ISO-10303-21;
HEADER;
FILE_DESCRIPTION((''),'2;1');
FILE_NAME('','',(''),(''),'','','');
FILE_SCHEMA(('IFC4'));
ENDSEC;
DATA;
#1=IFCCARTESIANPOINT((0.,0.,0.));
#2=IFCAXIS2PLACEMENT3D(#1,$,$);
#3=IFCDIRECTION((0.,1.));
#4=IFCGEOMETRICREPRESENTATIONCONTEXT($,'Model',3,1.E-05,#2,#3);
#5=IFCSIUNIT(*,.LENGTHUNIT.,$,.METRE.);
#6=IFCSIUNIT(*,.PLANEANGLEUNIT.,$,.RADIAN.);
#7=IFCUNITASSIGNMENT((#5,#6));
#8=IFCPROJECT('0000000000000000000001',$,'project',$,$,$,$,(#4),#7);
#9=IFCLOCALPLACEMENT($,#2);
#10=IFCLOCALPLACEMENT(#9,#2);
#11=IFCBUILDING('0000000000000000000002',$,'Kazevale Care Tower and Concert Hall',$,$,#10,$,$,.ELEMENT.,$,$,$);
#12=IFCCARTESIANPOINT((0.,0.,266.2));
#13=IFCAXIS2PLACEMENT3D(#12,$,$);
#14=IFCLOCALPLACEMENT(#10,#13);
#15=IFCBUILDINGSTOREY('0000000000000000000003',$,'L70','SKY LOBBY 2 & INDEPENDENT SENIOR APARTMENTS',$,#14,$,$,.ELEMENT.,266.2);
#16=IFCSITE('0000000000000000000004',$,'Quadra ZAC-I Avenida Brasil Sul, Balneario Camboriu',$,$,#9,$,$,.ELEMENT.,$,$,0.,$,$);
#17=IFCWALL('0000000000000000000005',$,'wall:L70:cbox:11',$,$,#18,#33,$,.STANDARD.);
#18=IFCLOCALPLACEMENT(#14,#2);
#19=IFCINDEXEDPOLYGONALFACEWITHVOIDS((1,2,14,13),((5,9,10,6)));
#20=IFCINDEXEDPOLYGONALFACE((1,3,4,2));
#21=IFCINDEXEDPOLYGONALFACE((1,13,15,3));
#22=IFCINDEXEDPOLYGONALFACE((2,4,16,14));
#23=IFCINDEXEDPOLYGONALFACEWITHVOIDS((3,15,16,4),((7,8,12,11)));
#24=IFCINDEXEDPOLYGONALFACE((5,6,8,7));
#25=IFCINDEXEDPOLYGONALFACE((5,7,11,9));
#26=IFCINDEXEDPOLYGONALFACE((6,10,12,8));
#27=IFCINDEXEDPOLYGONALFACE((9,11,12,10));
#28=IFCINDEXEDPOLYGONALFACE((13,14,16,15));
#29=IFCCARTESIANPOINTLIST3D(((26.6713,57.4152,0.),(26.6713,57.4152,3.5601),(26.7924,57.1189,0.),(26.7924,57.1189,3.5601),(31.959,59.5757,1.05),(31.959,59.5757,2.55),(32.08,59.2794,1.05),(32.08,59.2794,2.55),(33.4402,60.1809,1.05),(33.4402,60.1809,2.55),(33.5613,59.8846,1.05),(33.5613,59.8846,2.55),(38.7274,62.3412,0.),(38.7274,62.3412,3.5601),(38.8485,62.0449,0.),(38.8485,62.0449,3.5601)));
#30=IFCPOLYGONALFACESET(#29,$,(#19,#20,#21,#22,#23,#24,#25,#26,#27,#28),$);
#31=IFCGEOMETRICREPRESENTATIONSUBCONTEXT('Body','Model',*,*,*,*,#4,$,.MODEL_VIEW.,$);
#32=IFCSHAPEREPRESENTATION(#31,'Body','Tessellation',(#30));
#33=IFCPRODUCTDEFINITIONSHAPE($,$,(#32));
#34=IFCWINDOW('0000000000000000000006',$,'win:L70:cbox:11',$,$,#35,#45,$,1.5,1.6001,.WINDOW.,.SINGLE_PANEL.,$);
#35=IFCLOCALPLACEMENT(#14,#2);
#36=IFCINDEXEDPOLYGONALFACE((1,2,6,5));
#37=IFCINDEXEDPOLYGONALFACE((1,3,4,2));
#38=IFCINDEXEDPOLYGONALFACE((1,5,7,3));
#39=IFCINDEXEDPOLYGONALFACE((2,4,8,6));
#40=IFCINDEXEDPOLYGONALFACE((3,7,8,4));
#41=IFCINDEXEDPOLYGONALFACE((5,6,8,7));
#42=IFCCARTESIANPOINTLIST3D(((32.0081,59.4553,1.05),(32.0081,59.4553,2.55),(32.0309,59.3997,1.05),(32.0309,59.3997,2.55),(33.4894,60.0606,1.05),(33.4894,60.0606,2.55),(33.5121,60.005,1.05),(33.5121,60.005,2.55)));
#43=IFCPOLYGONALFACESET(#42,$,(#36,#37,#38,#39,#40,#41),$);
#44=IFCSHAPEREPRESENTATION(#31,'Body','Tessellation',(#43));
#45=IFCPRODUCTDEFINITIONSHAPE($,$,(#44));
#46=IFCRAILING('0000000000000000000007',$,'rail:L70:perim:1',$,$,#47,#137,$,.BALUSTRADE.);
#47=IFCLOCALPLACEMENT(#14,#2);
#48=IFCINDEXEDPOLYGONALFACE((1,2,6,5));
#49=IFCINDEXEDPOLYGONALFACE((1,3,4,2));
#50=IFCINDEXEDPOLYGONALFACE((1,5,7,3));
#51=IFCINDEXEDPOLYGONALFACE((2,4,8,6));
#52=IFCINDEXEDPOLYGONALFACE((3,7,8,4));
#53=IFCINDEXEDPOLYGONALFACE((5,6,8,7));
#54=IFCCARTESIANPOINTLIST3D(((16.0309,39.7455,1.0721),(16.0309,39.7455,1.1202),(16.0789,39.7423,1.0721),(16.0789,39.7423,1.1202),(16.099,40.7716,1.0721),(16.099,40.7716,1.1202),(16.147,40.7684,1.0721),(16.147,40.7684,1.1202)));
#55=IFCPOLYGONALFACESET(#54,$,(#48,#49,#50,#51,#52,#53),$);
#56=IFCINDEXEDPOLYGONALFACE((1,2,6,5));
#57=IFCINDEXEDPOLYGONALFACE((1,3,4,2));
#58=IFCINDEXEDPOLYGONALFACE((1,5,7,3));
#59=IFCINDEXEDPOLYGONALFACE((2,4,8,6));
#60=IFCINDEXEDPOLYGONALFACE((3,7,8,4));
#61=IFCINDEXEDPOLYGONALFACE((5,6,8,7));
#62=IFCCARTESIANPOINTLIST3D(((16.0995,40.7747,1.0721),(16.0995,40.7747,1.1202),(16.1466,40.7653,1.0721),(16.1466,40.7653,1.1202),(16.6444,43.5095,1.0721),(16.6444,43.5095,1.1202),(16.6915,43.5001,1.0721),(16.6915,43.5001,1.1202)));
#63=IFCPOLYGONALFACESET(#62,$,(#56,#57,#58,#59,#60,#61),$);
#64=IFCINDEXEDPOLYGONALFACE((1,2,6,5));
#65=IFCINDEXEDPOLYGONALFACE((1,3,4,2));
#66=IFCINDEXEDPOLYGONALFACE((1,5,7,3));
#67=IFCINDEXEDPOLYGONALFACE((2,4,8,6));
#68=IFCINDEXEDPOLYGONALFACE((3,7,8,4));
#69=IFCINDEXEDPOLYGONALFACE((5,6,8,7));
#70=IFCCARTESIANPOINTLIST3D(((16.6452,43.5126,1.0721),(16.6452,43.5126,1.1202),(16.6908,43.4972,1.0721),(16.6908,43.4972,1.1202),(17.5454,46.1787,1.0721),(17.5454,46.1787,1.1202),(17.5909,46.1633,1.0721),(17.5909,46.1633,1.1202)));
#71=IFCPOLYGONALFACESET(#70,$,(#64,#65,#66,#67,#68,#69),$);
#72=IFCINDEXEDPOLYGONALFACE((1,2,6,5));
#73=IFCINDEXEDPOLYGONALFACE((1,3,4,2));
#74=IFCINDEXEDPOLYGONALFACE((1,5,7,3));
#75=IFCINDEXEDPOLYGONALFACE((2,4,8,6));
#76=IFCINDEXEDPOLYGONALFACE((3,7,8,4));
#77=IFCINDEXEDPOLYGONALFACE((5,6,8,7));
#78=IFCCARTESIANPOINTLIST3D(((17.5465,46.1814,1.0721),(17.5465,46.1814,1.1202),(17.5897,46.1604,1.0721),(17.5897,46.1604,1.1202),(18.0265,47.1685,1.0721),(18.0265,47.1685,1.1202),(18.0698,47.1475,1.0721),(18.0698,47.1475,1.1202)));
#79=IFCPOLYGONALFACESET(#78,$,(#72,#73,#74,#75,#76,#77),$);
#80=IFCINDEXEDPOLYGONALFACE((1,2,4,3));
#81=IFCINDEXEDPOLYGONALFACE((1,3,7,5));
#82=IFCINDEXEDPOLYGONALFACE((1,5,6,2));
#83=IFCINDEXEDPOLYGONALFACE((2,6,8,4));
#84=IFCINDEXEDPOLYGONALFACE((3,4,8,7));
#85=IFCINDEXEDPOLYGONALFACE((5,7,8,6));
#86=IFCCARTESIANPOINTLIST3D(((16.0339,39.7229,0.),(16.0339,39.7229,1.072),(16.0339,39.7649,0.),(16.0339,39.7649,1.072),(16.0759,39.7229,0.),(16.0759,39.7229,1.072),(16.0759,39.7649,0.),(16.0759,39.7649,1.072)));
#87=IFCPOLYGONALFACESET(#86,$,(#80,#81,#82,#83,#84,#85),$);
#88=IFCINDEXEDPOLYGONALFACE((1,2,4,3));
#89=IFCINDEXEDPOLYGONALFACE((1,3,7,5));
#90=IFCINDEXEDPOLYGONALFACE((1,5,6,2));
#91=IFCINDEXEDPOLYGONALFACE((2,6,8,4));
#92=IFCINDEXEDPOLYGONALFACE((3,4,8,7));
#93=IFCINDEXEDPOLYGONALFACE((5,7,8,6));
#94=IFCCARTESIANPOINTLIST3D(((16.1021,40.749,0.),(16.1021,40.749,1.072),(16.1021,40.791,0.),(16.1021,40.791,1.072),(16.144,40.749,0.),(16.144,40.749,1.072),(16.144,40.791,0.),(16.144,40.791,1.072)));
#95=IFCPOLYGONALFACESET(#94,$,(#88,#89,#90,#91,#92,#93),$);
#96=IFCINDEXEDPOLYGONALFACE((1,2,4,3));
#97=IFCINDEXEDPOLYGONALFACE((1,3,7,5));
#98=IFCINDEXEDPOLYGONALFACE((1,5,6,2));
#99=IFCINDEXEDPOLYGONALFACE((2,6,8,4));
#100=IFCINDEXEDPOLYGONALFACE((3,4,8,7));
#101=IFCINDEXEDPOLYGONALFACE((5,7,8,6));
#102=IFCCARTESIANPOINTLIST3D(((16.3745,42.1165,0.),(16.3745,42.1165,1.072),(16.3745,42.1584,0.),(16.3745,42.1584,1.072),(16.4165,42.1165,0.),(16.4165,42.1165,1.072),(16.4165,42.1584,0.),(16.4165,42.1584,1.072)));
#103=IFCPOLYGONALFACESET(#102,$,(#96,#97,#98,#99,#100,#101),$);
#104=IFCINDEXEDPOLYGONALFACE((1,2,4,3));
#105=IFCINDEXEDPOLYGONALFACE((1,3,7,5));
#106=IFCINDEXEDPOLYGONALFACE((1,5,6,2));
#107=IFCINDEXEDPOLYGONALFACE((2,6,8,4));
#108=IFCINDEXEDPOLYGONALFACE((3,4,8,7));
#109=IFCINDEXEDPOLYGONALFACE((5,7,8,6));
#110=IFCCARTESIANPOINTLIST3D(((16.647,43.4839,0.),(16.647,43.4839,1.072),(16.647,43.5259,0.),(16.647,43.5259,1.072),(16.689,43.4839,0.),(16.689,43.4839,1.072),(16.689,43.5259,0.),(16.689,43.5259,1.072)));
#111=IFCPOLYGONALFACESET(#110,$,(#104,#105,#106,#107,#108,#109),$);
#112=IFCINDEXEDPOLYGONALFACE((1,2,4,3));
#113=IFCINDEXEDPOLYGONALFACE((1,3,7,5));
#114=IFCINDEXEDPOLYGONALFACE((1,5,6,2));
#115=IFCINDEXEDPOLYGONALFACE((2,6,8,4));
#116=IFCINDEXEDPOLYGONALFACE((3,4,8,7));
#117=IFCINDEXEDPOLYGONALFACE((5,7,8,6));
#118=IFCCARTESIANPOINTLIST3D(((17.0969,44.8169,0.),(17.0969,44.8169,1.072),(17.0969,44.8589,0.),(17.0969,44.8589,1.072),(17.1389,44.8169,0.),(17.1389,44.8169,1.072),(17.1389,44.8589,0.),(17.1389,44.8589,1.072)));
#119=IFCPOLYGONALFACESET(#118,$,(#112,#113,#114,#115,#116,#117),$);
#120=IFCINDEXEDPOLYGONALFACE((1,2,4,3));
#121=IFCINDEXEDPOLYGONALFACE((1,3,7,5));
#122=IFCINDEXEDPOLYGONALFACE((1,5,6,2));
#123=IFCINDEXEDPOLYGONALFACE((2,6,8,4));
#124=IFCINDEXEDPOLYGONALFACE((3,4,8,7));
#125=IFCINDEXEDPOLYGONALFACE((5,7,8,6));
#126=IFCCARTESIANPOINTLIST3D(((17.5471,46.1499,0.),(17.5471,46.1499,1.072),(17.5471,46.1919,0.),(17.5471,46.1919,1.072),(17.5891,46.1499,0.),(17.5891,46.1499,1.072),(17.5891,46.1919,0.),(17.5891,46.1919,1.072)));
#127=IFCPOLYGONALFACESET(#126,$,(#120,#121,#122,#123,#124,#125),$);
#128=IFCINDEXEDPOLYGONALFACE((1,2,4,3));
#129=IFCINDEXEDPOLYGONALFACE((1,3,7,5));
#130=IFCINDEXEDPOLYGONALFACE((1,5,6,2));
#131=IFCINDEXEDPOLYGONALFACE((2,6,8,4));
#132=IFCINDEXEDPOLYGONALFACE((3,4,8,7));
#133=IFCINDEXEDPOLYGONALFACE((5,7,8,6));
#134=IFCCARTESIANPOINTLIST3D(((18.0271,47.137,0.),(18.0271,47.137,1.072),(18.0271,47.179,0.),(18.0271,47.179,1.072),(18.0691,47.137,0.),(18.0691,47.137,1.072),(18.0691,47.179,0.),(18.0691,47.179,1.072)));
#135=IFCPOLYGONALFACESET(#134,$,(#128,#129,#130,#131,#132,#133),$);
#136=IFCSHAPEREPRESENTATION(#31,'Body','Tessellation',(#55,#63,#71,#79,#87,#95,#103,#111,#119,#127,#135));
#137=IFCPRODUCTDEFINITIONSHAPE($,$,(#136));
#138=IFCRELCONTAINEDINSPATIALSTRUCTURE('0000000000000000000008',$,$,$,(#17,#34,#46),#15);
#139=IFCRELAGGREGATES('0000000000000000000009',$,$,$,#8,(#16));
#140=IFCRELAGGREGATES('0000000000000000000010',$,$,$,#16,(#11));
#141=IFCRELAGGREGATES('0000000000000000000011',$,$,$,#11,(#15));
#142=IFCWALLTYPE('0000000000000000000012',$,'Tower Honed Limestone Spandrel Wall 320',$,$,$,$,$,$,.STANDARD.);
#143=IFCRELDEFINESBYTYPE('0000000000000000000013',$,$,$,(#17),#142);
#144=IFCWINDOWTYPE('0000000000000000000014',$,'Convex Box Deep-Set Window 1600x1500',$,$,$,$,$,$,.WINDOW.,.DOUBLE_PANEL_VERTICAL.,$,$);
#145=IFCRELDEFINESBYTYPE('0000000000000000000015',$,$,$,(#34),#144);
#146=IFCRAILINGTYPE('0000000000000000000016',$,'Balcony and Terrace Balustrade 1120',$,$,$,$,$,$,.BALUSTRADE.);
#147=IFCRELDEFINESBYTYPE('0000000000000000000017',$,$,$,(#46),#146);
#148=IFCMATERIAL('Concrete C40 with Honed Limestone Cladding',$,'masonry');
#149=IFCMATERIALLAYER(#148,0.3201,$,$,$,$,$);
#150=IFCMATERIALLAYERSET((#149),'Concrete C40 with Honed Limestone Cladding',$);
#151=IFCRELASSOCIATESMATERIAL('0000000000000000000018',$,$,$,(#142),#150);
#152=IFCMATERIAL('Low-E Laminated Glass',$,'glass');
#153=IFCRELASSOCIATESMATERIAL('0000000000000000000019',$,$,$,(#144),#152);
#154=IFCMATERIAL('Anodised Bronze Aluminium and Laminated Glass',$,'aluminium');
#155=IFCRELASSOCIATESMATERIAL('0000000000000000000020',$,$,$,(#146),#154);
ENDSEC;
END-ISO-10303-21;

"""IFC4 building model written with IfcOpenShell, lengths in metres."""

from ifc_helpers import new_model, si_unit, direction, frame, frame_2d, origin, origin_2d, place, context, subcontext, project, spatial, rectangle, extrude, material, layer, layer_set, type_object, element, fill, save


model = new_model("IFC4")

# Units and contexts
model_context = context("Model", 3, precision=1e-05, world=origin(), true_north=direction((0.0, 1.0)))
body_context = subcontext(model_context, "Body", "Model", "MODEL_VIEW")
ifc_project = project(units=[si_unit("LENGTHUNIT", "METRE"), si_unit("PLANEANGLEUNIT", "RADIAN")], contexts=[model_context])

# Site, building, storey
site_placement = place(None, origin())
site = spatial("IfcSite", under=ifc_project, at=site_placement, Name="Quadra ZAC-I Avenida Brasil Sul, Balneario Camboriu", CompositionType="ELEMENT", RefElevation=0.0)
building_placement = place(site_placement, origin())
building = spatial("IfcBuilding", under=site, at=building_placement, Name="Kazevale Care Tower and Concert Hall", CompositionType="ELEMENT")
storey_placement = place(building_placement, frame((0.0, 0.0, 266.2)))
storey = spatial("IfcBuildingStorey", under=building, at=storey_placement, Name="L70", Description="SKY LOBBY 2 & INDEPENDENT SENIOR APARTMENTS", CompositionType="ELEMENT", Elevation=266.2)

# Shared definitions
ifc_material_1 = material(Name="Low-E Laminated Glass", Category="glass")

# Wall, opening, window
ifc_material_2 = material(Name="Concrete C40 with Honed Limestone Cladding", Category="masonry")
ifc_layer_1 = layer(ifc_material_2, 0.3201)
ifc_layer_set_1 = layer_set([ifc_layer_1], Name="Concrete C40 with Honed Limestone Cladding")
wall_type_1 = type_object("IfcWallType", Name="Tower Honed Limestone Spandrel Wall 320", PredefinedType="STANDARD", material=ifc_layer_set_1)
wall_1_placement = place(storey_placement, frame((26.7319, 57.2671, 0.0), z_axis=(0.0, 0.0, 1.0), x_axis=(0.925709, 0.378236, 0.0)))
wall_1 = element("IfcWall", 1, at=wall_1_placement, inside=storey, type_object=wall_type_1, Name="wall:L70:cbox:11", PredefinedType="STANDARD", context=body_context, shape_type="SweptSolid", body=[
    extrude(rectangle(XDim=13.0237, YDim=0.3201, at=frame_2d((6.5117, 0.0))), origin(), (0.0, 0.0, 1.0), 3.5601),
])
opening_1_placement = place(wall_1_placement, frame((5.7119, 0.0, 1.05)))
opening_1 = element("IfcOpeningElement", 2, at=opening_1_placement, cuts=wall_1, PredefinedType="OPENING", context=body_context, shape_type="SweptSolid", body=[
    extrude(rectangle(XDim=1.6001, YDim=1.5, at=frame_2d((0.8, 0.75))), frame((0.0, 0.1699, 0.0), z_axis=(0.0, -1.0, 0.0), x_axis=(1.0, 0.0, 0.0)), (0.0, 0.0, 1.0), 0.3401),
])
window_type = type_object("IfcWindowType", Name="Convex Box Deep-Set Window 1600x1500", PartitioningType="DOUBLE_PANEL_VERTICAL", PredefinedType="WINDOW", material=ifc_material_1)
window_placement = place(opening_1_placement, origin())
window = element("IfcWindow", 3, at=window_placement, inside=storey, type_object=window_type, Name="win:L70:cbox:11", OverallHeight=1.5, OverallWidth=1.6001, PartitioningType="SINGLE_PANEL", PredefinedType="WINDOW", context=body_context, shape_type="SweptSolid", body=[
    extrude(rectangle(XDim=1.6001, YDim=1.5, at=frame_2d((0.8, 0.75))), frame((0.0, 0.03, 0.0), z_axis=(0.0, -1.0, 0.0), x_axis=(1.0, 0.0, 0.0)), (0.0, 0.0, 1.0), 0.0601),
])
fill(opening_1, window)

# Railing
ifc_material_3 = material(Name="Anodised Bronze Aluminium and Laminated Glass", Category="aluminium")
railing_type = type_object("IfcRailingType", Name="Balcony and Terrace Balustrade 1120", PredefinedType="BALUSTRADE", material=ifc_material_3)
railing_1_placement = place(storey_placement, frame((16.0549, 39.7439, 0.0)))
element("IfcRailing", 4, at=railing_1_placement, inside=storey, type_object=railing_type, Name="rail:L70:perim:1", PredefinedType="BALUSTRADE", context=body_context, shape_type="SweptSolid", body=[
    extrude(rectangle(XDim=0.0481, YDim=0.0481, at=origin_2d()), frame((0.0, 0.0, 1.0962), z_axis=(0.066235, 0.997804, 0.0), x_axis=(-0.997804, 0.066235, 0.0)), (0.0, 0.0, 1.0), 1.0283),
    extrude(rectangle(XDim=0.0481, YDim=0.0481, at=origin_2d()), frame((0.0681, 1.0261, 1.0962), z_axis=(0.195409, 0.980722, 0.0), x_axis=(-0.980722, 0.195409, 0.0)), (0.0, 0.0, 1.0), 2.7886),
    extrude(rectangle(XDim=0.0481, YDim=0.0481, at=origin_2d()), frame((0.613, 3.761, 1.0962), z_axis=(0.319895, 0.947453, 0.0), x_axis=(-0.947453, 0.319895, 0.0)), (0.0, 0.0, 1.0), 2.814),
    extrude(rectangle(XDim=0.0481, YDim=0.0481, at=origin_2d()), frame((1.5132, 6.427, 1.0962), z_axis=(0.43731, 0.899311, 0.0), x_axis=(-0.899311, 0.43731, 0.0)), (0.0, 0.0, 1.0), 1.0977),
    extrude(rectangle(XDim=0.042, YDim=0.042, at=origin_2d()), origin(), (0.0, 0.0, 1.0), 1.072),
    extrude(rectangle(XDim=0.042, YDim=0.042, at=origin_2d()), frame((0.0681, 1.0261, 0.0)), (0.0, 0.0, 1.0), 1.072),
    extrude(rectangle(XDim=0.042, YDim=0.042, at=origin_2d()), frame((0.3406, 2.3936, 0.0)), (0.0, 0.0, 1.0), 1.072),
    extrude(rectangle(XDim=0.042, YDim=0.042, at=origin_2d()), frame((0.613, 3.761, 0.0)), (0.0, 0.0, 1.0), 1.072),
    extrude(rectangle(XDim=0.042, YDim=0.042, at=origin_2d()), frame((1.063, 5.094, 0.0)), (0.0, 0.0, 1.0), 1.072),
    extrude(rectangle(XDim=0.042, YDim=0.042, at=origin_2d()), frame((1.5132, 6.427, 0.0)), (0.0, 0.0, 1.0), 1.072),
    extrude(rectangle(XDim=0.042, YDim=0.042, at=origin_2d()), frame((1.9932, 7.4141, 0.0)), (0.0, 0.0, 1.0), 1.072),
])

save(model, "model.ifc")
